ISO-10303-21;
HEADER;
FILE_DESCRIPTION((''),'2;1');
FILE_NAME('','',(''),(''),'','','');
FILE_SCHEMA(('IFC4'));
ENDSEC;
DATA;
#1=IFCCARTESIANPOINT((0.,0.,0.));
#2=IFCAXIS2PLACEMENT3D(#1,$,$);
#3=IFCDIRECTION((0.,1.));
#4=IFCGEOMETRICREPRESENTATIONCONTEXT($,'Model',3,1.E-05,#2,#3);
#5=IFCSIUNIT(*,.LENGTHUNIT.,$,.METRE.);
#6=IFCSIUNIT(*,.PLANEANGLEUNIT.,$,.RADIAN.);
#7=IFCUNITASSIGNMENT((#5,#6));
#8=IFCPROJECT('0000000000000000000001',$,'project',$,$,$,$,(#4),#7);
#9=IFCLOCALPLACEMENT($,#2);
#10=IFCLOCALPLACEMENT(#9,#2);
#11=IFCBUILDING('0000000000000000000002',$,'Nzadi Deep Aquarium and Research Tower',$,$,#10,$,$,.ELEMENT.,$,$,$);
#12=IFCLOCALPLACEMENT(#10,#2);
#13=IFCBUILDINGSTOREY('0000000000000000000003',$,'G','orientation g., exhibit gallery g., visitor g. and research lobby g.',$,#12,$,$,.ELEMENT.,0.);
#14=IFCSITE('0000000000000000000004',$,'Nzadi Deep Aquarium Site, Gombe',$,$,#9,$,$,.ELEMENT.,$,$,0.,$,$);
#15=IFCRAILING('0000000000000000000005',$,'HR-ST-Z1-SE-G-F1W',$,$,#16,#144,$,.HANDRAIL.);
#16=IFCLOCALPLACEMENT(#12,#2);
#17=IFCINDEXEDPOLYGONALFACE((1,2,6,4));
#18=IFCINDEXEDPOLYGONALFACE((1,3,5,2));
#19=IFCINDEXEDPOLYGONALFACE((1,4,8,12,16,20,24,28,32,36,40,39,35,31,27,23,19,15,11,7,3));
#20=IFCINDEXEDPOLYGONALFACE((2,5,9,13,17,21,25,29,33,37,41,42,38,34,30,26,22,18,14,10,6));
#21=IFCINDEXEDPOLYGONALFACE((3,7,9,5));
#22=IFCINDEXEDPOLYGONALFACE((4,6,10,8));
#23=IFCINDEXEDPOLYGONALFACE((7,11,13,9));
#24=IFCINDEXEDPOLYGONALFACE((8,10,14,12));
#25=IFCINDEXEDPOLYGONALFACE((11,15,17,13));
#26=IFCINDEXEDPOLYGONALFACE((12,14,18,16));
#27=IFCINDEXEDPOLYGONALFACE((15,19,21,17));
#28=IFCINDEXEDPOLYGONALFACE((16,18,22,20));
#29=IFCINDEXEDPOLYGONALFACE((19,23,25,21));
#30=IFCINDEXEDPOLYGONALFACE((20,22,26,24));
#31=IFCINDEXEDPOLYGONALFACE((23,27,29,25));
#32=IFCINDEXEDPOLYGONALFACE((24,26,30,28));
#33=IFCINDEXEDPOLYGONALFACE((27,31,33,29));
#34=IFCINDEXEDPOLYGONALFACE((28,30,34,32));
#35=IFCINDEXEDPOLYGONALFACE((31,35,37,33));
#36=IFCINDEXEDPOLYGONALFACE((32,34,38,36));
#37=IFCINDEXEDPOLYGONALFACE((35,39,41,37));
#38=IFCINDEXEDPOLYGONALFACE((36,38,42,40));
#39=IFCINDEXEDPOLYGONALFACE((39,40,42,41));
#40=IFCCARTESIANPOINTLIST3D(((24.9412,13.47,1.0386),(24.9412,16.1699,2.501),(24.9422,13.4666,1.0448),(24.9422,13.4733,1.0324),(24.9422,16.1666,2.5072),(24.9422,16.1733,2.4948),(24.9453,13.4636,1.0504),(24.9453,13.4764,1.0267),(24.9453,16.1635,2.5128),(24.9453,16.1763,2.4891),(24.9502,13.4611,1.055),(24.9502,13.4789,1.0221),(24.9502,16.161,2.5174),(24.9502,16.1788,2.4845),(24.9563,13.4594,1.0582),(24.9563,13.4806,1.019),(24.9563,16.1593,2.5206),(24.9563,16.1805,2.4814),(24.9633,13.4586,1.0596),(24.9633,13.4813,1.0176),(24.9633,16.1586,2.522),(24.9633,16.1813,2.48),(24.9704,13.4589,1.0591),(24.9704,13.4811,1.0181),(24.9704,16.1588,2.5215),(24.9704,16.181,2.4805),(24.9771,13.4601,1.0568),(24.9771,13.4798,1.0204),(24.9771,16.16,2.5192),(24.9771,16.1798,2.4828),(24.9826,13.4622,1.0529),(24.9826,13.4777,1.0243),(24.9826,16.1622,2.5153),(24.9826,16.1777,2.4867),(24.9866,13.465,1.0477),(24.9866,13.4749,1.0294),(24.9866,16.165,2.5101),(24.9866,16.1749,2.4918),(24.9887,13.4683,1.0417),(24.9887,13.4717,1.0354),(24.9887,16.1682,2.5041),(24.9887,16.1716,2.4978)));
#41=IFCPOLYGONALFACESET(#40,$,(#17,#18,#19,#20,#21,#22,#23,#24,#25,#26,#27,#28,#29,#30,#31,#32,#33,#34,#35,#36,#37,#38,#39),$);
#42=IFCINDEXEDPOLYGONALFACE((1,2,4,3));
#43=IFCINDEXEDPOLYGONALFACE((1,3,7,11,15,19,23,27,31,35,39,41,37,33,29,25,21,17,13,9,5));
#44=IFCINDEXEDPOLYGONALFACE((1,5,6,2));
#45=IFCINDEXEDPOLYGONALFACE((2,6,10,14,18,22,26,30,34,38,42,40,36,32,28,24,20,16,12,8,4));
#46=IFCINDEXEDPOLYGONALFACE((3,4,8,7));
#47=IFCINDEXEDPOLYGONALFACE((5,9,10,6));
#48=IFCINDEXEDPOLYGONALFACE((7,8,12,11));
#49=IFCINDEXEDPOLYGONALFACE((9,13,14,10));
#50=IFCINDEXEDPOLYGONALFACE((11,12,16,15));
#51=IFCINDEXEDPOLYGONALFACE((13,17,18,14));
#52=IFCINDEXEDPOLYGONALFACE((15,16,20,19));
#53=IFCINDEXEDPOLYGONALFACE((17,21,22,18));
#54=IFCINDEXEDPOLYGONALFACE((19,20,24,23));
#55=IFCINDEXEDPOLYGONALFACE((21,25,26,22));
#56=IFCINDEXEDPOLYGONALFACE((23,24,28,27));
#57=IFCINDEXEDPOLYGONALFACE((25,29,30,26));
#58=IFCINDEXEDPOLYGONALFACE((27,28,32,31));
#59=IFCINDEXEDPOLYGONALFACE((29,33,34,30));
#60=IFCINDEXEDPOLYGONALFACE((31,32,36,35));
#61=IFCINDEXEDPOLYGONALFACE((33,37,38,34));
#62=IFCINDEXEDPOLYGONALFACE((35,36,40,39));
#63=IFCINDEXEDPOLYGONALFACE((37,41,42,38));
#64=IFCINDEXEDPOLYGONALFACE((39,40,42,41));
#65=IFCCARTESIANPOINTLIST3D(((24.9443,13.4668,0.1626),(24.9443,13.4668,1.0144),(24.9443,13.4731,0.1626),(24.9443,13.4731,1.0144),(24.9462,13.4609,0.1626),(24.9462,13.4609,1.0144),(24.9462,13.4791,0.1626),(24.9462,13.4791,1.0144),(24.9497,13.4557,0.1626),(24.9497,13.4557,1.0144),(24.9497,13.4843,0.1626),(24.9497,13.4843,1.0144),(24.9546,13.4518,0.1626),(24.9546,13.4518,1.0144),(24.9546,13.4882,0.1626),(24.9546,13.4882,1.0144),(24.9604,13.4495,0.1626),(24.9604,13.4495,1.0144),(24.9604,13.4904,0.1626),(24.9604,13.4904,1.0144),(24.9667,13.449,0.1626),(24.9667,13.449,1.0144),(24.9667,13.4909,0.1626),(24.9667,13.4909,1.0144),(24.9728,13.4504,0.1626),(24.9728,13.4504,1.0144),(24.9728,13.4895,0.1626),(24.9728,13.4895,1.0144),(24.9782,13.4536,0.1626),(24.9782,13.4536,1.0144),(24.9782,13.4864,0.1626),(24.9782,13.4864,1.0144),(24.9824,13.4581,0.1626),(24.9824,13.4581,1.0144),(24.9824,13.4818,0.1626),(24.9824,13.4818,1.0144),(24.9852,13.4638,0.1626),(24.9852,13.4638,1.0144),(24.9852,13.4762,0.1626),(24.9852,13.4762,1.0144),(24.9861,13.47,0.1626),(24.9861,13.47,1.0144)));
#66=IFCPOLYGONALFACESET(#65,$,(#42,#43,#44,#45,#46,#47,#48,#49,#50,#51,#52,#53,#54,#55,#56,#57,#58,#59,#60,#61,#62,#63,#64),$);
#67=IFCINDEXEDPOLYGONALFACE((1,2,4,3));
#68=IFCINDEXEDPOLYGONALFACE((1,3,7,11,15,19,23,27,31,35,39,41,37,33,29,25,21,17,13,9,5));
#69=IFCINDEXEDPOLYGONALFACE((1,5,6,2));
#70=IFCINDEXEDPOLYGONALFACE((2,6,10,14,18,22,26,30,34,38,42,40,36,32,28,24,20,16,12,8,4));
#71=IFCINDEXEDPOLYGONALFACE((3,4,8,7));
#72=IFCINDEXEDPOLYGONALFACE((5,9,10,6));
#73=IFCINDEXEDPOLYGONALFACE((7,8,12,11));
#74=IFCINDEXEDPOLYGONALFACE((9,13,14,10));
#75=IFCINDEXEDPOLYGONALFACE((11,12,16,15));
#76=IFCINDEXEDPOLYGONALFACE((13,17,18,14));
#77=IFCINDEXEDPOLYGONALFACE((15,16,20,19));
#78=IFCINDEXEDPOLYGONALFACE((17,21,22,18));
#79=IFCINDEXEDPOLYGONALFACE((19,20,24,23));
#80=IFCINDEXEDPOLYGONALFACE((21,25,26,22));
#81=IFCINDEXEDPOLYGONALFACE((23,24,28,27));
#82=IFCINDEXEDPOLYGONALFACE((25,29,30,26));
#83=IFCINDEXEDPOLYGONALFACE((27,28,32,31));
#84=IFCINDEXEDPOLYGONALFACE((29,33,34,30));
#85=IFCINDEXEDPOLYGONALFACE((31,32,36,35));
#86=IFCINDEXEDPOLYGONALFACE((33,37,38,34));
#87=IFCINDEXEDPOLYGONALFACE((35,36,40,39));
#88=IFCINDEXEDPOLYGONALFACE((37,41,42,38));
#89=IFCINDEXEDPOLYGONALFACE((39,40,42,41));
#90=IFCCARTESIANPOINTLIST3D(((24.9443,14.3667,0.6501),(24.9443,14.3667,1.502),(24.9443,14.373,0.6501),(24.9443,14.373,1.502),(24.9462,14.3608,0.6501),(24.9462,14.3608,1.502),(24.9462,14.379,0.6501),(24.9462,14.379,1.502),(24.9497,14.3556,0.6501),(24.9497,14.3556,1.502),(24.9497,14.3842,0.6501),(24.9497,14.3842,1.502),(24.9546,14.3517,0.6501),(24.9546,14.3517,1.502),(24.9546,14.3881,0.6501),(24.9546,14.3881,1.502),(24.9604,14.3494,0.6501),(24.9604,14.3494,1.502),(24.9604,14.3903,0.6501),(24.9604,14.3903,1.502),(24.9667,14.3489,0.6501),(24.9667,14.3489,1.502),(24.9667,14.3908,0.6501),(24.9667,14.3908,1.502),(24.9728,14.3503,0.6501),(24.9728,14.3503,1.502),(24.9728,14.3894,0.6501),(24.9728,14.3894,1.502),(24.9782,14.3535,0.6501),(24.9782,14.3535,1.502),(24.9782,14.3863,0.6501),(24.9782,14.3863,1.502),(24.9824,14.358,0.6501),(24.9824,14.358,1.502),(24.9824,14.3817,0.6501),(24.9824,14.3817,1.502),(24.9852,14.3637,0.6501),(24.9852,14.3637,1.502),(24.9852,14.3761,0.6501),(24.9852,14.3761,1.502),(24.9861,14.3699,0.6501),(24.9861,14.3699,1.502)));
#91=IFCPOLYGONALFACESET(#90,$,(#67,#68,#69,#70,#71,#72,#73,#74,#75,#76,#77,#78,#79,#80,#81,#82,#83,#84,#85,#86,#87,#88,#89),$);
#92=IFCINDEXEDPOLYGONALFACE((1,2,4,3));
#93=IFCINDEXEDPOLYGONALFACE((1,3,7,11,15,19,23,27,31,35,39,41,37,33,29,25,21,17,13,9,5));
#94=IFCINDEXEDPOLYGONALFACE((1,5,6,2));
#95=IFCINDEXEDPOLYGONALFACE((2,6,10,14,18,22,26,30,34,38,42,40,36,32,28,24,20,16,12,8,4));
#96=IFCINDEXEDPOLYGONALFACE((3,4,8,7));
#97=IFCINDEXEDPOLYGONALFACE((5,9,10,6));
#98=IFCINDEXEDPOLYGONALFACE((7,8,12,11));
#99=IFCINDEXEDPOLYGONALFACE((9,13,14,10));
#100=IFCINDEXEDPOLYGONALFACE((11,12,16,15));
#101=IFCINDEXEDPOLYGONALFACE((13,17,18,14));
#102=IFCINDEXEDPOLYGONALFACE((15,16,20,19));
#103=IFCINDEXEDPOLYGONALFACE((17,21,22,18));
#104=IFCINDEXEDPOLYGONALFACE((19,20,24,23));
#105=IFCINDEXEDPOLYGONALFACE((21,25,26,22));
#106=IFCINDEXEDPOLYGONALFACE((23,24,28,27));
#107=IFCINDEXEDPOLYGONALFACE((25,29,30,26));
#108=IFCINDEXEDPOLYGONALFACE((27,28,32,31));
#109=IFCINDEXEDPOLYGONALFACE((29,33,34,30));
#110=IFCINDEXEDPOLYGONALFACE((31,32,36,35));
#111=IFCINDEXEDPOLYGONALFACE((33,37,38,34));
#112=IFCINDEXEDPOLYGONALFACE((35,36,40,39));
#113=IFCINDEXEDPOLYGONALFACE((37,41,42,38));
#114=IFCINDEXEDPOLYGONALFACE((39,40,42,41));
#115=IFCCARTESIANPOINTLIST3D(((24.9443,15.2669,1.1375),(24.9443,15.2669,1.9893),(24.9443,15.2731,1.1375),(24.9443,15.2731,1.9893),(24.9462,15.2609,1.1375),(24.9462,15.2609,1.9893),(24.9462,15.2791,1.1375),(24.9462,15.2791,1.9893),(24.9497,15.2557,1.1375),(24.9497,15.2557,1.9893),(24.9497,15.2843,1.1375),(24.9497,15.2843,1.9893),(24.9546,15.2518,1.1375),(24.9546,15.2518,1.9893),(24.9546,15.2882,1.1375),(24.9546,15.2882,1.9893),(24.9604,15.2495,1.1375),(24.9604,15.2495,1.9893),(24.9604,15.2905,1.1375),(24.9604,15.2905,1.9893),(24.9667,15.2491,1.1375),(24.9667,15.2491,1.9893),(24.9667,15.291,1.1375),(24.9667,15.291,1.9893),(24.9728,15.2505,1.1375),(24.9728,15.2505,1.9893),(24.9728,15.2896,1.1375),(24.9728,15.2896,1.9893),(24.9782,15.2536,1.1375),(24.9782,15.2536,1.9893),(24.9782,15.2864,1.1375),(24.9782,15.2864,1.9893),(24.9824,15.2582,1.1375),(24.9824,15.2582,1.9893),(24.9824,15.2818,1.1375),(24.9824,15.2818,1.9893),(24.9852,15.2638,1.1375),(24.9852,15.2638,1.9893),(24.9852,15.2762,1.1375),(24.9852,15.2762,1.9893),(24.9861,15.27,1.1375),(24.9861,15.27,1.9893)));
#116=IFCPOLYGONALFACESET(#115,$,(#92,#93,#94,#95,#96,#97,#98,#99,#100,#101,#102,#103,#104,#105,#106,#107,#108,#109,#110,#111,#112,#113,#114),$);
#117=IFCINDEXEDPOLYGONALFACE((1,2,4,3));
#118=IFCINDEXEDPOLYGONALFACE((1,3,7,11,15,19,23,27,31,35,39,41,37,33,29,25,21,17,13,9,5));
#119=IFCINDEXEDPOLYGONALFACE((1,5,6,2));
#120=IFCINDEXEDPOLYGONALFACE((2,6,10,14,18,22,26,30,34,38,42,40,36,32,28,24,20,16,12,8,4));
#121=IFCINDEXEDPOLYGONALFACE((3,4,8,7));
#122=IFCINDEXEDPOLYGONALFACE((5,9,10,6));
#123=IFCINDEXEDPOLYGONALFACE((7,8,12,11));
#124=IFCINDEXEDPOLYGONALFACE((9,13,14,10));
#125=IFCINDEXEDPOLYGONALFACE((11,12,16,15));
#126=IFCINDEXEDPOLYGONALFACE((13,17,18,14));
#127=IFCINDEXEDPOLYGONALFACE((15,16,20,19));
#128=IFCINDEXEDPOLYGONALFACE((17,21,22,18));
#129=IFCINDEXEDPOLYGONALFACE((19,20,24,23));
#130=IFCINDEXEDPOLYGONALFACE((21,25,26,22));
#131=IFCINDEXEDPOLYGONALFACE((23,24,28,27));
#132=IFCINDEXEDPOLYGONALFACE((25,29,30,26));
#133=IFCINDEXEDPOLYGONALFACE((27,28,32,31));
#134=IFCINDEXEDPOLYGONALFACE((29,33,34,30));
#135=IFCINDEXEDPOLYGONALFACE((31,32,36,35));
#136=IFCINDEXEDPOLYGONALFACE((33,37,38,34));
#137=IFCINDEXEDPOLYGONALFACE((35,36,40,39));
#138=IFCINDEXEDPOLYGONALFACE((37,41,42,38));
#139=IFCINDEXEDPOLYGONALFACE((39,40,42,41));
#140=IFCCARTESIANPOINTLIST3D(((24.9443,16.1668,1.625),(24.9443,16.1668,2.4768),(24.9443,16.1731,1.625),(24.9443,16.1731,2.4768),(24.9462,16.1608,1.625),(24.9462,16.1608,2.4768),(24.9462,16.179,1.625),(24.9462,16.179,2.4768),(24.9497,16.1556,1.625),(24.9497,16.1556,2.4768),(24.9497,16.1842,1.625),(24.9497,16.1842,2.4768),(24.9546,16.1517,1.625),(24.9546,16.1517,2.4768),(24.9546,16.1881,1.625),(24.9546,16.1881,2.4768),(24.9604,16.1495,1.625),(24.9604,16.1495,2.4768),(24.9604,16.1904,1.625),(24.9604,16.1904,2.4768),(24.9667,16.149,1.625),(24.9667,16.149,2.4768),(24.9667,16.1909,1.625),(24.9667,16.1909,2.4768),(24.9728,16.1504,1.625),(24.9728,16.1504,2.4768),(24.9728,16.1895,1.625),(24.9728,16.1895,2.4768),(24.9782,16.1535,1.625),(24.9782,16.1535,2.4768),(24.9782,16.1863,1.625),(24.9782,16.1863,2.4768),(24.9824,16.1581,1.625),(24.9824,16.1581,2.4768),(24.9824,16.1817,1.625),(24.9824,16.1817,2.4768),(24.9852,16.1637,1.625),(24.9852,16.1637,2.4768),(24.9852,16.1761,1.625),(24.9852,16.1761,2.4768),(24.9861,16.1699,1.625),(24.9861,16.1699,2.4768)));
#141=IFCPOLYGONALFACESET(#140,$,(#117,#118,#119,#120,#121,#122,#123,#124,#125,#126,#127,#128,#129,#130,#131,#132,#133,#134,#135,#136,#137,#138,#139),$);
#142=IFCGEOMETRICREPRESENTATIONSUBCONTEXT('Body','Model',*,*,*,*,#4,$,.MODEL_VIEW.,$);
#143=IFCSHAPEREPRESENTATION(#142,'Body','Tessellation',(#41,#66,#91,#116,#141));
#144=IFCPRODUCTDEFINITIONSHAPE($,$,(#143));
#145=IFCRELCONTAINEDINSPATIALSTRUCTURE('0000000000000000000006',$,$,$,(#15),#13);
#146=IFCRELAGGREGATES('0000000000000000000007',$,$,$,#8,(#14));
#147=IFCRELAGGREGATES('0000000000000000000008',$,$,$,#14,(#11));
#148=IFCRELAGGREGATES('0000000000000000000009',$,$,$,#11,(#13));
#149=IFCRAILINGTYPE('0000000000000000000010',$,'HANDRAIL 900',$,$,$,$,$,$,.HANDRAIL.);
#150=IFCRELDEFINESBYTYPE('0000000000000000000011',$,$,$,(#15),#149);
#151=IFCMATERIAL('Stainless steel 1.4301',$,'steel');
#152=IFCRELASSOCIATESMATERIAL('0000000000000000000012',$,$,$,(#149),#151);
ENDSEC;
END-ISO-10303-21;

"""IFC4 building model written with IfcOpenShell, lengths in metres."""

from ifc_helpers import new_model, si_unit, direction, frame, origin, origin_2d, place, context, subcontext, project, spatial, circle, extrude, material, type_object, element, save


model = new_model("IFC4")

# Units and contexts
model_context = context("Model", 3, precision=1e-05, world=origin(), true_north=direction((0.0, 1.0)))
body_context = subcontext(model_context, "Body", "Model", "MODEL_VIEW")
ifc_project = project(units=[si_unit("LENGTHUNIT", "METRE"), si_unit("PLANEANGLEUNIT", "RADIAN")], contexts=[model_context])

# Site, building, storey
site_placement = place(None, origin())
site = spatial("IfcSite", under=ifc_project, at=site_placement, Name="Nzadi Deep Aquarium Site, Gombe", CompositionType="ELEMENT", RefElevation=0.0)
building_placement = place(site_placement, origin())
building = spatial("IfcBuilding", under=site, at=building_placement, Name="Nzadi Deep Aquarium and Research Tower", CompositionType="ELEMENT")
storey_placement = place(building_placement, origin())
storey = spatial("IfcBuildingStorey", under=building, at=storey_placement, Name="G", Description="orientation g., exhibit gallery g., visitor g. and research lobby g.", CompositionType="ELEMENT", Elevation=0.0)

# Railing
ifc_material_1 = material(Name="Stainless steel 1.4301", Category="steel")
railing_type = type_object("IfcRailingType", Name="HANDRAIL 900", PredefinedType="HANDRAIL", material=ifc_material_1)
for number, where, name in (
    (1, (24.9651, 13.47, 0.1626), "HR-ST-Z1-SE-G-F1W"),
):
    element("IfcRailing", number, at=place(storey_placement, frame(where)), inside=storey, type_object=railing_type, Name=name, PredefinedType="HANDRAIL", context=body_context, shape_type="SweptSolid", body=[
        extrude(circle(Radius=0.0239, at=origin_2d()), frame((0.0, 0.0, 0.876), z_axis=(0.0, 0.879302, 0.476265), x_axis=(-1.0, 0.0, 0.0)), (0.0, 0.0, 1.0), 3.0706),
        extrude(circle(Radius=0.021, at=origin_2d()), origin(), (0.0, 0.0, 1.0), 0.8518),
        extrude(circle(Radius=0.021, at=origin_2d()), frame((0.0, 0.8999, 0.4875)), (0.0, 0.0, 1.0), 0.8518),
        extrude(circle(Radius=0.021, at=origin_2d()), frame((0.0, 1.8, 0.9749)), (0.0, 0.0, 1.0), 0.8518),
        extrude(circle(Radius=0.021, at=origin_2d()), frame((0.0, 2.7, 1.4624)), (0.0, 0.0, 1.0), 0.8518),
    ])

save(model, "model.ifc")
